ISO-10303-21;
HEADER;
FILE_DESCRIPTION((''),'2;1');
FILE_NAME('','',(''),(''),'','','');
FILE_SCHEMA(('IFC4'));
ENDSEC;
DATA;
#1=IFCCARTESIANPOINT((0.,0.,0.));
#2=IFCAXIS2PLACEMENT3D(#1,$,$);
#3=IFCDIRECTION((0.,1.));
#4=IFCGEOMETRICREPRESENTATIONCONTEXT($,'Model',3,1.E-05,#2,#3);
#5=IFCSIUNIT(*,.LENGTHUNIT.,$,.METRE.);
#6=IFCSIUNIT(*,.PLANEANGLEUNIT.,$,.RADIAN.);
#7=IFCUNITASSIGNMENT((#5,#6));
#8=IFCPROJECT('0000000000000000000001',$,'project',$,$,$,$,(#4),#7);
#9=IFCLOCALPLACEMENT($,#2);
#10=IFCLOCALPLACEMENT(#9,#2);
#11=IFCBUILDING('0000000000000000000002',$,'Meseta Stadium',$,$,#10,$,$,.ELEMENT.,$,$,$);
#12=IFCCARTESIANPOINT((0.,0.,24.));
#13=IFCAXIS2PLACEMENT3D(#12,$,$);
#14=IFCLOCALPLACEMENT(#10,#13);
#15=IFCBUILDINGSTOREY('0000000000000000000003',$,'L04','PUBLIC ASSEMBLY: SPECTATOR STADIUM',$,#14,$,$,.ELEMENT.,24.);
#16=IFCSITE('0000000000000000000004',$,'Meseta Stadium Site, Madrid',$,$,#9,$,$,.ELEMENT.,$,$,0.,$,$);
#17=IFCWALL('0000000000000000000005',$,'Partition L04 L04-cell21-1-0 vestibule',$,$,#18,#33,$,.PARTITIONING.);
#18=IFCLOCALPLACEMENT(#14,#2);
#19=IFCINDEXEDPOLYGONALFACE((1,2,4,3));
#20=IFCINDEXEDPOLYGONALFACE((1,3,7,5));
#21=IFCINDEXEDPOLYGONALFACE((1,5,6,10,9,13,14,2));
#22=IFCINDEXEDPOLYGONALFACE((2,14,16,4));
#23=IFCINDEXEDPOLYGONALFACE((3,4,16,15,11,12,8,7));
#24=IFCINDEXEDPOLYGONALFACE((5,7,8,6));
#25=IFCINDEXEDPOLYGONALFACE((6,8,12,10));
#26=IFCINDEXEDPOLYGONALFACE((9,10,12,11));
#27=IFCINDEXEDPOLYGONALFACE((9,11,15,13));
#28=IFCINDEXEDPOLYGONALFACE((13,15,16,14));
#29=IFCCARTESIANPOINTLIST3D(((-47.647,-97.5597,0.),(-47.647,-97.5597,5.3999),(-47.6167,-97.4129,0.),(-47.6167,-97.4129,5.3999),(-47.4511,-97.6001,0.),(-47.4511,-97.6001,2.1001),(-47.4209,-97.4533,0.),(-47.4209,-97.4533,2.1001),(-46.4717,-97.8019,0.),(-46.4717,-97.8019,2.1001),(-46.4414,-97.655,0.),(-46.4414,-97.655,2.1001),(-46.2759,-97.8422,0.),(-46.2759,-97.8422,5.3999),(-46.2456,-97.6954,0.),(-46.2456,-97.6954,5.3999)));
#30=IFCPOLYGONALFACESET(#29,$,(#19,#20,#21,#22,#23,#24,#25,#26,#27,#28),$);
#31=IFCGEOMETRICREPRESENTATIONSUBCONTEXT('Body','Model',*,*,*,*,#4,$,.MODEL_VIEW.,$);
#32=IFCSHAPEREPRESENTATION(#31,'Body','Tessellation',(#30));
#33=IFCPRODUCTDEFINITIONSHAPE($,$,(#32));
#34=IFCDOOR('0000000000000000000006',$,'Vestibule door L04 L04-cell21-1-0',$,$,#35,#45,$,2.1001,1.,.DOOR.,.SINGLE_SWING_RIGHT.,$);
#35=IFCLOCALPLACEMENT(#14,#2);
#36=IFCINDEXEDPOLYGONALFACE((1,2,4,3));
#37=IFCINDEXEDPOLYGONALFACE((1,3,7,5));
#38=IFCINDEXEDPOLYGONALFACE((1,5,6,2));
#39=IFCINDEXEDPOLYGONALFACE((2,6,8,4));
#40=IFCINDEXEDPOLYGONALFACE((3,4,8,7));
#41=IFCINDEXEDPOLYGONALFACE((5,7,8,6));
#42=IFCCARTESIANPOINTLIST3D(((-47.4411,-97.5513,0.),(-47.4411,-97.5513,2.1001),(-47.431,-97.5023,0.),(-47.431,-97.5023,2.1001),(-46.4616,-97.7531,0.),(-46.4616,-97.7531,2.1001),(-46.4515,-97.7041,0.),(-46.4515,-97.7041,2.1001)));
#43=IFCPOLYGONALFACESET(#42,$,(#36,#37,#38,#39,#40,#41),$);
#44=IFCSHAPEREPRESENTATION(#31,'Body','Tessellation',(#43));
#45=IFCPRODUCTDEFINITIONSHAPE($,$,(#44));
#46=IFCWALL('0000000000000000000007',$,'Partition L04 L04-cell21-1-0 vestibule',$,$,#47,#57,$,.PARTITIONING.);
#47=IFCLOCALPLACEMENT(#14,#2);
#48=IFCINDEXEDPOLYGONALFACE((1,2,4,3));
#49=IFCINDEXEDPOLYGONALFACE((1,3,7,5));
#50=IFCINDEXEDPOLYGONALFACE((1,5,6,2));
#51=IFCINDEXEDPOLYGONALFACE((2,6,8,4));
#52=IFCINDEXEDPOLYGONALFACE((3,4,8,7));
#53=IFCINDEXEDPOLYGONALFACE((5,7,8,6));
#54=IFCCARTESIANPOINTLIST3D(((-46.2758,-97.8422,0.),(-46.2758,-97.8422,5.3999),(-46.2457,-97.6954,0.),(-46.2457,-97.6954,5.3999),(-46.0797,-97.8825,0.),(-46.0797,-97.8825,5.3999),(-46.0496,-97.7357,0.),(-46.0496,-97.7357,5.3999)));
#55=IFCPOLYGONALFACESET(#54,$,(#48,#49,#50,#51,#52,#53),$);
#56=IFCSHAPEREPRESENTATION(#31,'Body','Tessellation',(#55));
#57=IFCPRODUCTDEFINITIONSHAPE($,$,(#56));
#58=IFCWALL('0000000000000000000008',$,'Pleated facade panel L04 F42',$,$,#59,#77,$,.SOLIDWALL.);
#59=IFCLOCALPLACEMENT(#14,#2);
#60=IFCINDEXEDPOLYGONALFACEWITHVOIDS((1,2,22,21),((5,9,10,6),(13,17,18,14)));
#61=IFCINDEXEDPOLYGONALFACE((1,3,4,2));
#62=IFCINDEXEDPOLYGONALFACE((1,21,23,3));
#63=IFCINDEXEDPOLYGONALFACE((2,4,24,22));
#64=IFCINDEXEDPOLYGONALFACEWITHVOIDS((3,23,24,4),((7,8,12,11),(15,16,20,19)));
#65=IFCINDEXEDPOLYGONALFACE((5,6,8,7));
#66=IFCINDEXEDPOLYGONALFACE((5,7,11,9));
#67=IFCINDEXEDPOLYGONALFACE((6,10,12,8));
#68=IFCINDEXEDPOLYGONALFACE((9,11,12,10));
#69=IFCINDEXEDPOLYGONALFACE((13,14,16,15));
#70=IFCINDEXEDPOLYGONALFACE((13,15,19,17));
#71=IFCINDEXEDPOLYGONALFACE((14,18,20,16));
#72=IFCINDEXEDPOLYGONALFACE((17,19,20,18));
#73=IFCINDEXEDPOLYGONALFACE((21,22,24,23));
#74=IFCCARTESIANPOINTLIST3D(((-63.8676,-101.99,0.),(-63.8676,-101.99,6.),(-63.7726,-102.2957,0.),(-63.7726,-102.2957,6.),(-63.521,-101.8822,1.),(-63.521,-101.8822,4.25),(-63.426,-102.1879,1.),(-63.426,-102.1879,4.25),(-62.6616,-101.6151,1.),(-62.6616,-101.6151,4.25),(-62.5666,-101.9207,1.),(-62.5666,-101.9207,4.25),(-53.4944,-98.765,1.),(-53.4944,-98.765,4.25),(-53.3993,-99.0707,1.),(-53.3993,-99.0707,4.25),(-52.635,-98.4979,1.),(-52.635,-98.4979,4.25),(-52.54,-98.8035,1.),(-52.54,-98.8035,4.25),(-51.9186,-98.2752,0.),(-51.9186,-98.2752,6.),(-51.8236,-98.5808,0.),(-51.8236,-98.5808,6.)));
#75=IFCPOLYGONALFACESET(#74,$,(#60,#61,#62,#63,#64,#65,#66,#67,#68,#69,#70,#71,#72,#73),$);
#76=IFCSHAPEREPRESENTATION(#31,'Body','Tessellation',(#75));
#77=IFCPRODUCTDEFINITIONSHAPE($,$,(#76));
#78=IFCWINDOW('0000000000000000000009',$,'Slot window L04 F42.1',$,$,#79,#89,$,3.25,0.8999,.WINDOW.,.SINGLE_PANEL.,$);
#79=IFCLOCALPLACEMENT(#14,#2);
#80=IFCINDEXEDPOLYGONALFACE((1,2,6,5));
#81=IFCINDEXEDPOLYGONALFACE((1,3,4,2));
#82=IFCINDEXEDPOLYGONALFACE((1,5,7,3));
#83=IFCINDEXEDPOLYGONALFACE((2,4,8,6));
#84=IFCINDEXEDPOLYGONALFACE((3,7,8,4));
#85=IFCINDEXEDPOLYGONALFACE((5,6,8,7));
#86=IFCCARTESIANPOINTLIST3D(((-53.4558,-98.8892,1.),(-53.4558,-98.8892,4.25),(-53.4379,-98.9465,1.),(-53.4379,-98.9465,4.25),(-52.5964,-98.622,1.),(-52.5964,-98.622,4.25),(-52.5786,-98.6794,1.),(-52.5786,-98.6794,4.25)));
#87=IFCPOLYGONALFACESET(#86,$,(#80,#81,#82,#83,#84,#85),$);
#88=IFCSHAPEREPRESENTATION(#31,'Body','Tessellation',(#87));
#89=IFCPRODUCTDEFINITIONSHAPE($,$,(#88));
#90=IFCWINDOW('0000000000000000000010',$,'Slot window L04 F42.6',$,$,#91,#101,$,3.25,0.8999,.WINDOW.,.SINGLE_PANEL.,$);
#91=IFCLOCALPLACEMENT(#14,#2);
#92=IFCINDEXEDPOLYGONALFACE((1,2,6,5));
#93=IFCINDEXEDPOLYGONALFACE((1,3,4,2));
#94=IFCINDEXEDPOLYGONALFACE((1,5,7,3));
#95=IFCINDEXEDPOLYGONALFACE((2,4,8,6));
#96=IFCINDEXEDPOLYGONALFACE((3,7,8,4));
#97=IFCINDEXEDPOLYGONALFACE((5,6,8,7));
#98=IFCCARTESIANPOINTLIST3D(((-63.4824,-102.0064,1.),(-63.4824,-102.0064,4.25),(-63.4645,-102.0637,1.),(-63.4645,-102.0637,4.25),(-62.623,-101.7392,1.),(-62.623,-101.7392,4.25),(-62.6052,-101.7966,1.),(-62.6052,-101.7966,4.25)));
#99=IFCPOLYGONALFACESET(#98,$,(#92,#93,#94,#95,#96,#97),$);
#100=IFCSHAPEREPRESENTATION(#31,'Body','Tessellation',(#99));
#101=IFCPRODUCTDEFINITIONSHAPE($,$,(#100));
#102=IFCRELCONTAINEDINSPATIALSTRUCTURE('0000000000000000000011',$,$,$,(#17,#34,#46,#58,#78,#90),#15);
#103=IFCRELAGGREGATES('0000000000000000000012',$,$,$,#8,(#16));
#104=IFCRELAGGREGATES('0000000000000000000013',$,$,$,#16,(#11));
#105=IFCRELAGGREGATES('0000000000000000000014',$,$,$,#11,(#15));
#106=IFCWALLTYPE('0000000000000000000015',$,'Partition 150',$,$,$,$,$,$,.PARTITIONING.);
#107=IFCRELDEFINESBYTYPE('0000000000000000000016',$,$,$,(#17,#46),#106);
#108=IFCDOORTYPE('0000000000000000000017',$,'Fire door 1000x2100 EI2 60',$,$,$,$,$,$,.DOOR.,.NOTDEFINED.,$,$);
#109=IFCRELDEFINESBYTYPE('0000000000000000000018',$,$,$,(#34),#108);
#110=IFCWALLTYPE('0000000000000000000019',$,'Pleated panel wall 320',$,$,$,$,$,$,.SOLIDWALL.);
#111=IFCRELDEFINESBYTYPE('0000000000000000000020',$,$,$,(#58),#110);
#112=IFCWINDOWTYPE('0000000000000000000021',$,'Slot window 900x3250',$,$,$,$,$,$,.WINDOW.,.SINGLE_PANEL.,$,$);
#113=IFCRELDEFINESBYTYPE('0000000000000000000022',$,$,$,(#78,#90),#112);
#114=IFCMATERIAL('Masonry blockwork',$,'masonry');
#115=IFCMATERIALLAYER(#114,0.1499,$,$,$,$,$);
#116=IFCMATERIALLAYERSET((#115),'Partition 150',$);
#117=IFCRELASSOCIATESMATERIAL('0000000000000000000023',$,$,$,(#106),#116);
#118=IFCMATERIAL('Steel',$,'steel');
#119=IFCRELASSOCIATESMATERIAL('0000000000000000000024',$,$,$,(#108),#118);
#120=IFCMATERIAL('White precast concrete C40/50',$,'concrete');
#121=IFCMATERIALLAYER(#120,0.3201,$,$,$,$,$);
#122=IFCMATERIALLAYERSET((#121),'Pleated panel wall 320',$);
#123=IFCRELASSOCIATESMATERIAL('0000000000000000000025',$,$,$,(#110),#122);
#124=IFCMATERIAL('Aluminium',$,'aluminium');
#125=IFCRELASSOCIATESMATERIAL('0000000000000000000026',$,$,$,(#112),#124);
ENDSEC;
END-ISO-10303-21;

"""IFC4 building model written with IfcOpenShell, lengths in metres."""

from ifc_helpers import new_model, si_unit, direction, frame, frame_2d, origin, place, context, subcontext, project, spatial, rectangle, extrude, material, layer, layer_set, type_object, element, fill, save


model = new_model("IFC4")

# Units and contexts
model_context = context("Model", 3, precision=1e-05, world=origin(), true_north=direction((0.0, 1.0)))
body_context = subcontext(model_context, "Body", "Model", "MODEL_VIEW")
ifc_project = project(units=[si_unit("LENGTHUNIT", "METRE"), si_unit("PLANEANGLEUNIT", "RADIAN")], contexts=[model_context])

# Site, building, storey
site_placement = place(None, origin())
site = spatial("IfcSite", under=ifc_project, at=site_placement, Name="Meseta Stadium Site, Madrid", CompositionType="ELEMENT", RefElevation=0.0)
building_placement = place(site_placement, origin())
building = spatial("IfcBuilding", under=site, at=building_placement, Name="Meseta Stadium", CompositionType="ELEMENT")
storey_placement = place(building_placement, frame((0.0, 0.0, 24.0)))
storey = spatial("IfcBuildingStorey", under=building, at=storey_placement, Name="L04", Description="PUBLIC ASSEMBLY: SPECTATOR STADIUM", CompositionType="ELEMENT", Elevation=24.0)

# Shared definitions
ifc_material_1 = material(Name="Masonry blockwork", Category="masonry")
ifc_layer_1 = layer(ifc_material_1, 0.1499)
ifc_layer_set_1 = layer_set([ifc_layer_1], Name="Partition 150")
wall_type_1 = type_object("IfcWallType", Name="Partition 150", PredefinedType="PARTITIONING", material=ifc_layer_set_1)

# Shared definitions
ifc_material_2 = material(Name="Steel", Category="steel")
door_type = type_object("IfcDoorType", Name="Fire door 1000x2100 EI2 60", OperationType="NOTDEFINED", PredefinedType="DOOR", material=ifc_material_2)

# Wall, opening, door
wall_1_placement = place(storey_placement, frame((-47.6318, -97.4863, 0.0), z_axis=(0.0, 0.0, 1.0), x_axis=(0.979431, -0.201781, 0.0)))
wall_1 = element("IfcWall", 1, at=wall_1_placement, inside=storey, type_object=wall_type_1, Name="Partition L04 L04-cell21-1-0 vestibule", PredefinedType="PARTITIONING", context=body_context, shape_type="SweptSolid", body=[
    extrude(rectangle(XDim=1.3999, YDim=0.1499, at=frame_2d((0.7, 0.0))), origin(), (0.0, 0.0, 1.0), 5.3999),
])
opening_1_placement = place(wall_1_placement, frame((0.2, 0.0, 0.0)))
opening_1 = element("IfcOpeningElement", 2, at=opening_1_placement, cuts=wall_1, PredefinedType="OPENING", context=body_context, shape_type="SweptSolid", body=[
    extrude(rectangle(XDim=1.0, YDim=2.1001, at=frame_2d((0.5, 1.05))), frame((0.0, 0.085, 0.0), z_axis=(0.0, -1.0, 0.0), x_axis=(1.0, 0.0, 0.0)), (0.0, 0.0, 1.0), 0.1699),
])
door_1_placement = place(opening_1_placement, origin())
door_1 = element("IfcDoor", 3, at=door_1_placement, inside=storey, type_object=door_type, Name="Vestibule door L04 L04-cell21-1-0", OperationType="SINGLE_SWING_RIGHT", OverallHeight=2.1001, OverallWidth=1.0, PredefinedType="DOOR", context=body_context, shape_type="SweptSolid", body=[
    extrude(rectangle(XDim=1.0, YDim=2.1001, at=frame_2d((0.5, 1.05))), frame((0.0, 0.0249, 0.0), z_axis=(0.0, -1.0, 0.0), x_axis=(1.0, 0.0, 0.0)), (0.0, 0.0, 1.0), 0.05),
])
fill(opening_1, door_1)

# Wall
wall_2_placement = place(storey_placement, frame((-46.2607, -97.7688, 0.0), z_axis=(0.0, 0.0, 1.0), x_axis=(0.979535, -0.201274, 0.0)))
element("IfcWall", 4, at=wall_2_placement, inside=storey, type_object=wall_type_1, Name="Partition L04 L04-cell21-1-0 vestibule", PredefinedType="PARTITIONING", context=body_context, shape_type="SweptSolid", body=[
    extrude(rectangle(XDim=0.2002, YDim=0.1499, at=frame_2d((0.1001, 0.0))), origin(), (0.0, 0.0, 1.0), 5.3999),
])

# Wall, openings, windows
ifc_material_3 = material(Name="White precast concrete C40/50", Category="concrete")
ifc_layer_2 = layer(ifc_material_3, 0.3201)
ifc_layer_set_2 = layer_set([ifc_layer_2], Name="Pleated panel wall 320")
wall_type_2 = type_object("IfcWallType", Name="Pleated panel wall 320", PredefinedType="SOLIDWALL", material=ifc_layer_set_2)
wall_3_placement = place(storey_placement, frame((-51.8711, -98.428, 0.0), z_axis=(0.0, 0.0, 1.0), x_axis=(-0.954916, -0.296876, 0.0)))
wall_3 = element("IfcWall", 5, at=wall_3_placement, inside=storey, type_object=wall_type_2, Name="Pleated facade panel L04 F42", PredefinedType="SOLIDWALL", context=body_context, shape_type="SweptSolid", body=[
    extrude(rectangle(XDim=12.5132, YDim=0.3201, at=frame_2d((6.2566, 0.0))), origin(), (0.0, 0.0, 1.0), 6.0),
])
opening_2_placement = place(wall_3_placement, frame((0.7502, 0.0, 1.0)))
opening_2 = element("IfcOpeningElement", 6, at=opening_2_placement, cuts=wall_3, PredefinedType="OPENING", context=body_context, shape_type="SweptSolid", body=[
    extrude(rectangle(XDim=0.8999, YDim=3.25, at=frame_2d((0.45, 1.625))), frame((0.0, 0.1699, 0.0), z_axis=(0.0, -1.0, 0.0), x_axis=(1.0, 0.0, 0.0)), (0.0, 0.0, 1.0), 0.3401),
])
opening_3_placement = place(wall_3_placement, frame((11.2502, 0.0, 1.0)))
opening_3 = element("IfcOpeningElement", 7, at=opening_3_placement, cuts=wall_3, PredefinedType="OPENING", context=body_context, shape_type="SweptSolid", body=[
    extrude(rectangle(XDim=0.8999, YDim=3.25, at=frame_2d((0.45, 1.625))), frame((0.0, 0.1699, 0.0), z_axis=(0.0, -1.0, 0.0), x_axis=(1.0, 0.0, 0.0)), (0.0, 0.0, 1.0), 0.3401),
])
ifc_material_4 = material(Name="Aluminium", Category="aluminium")
window_type = type_object("IfcWindowType", Name="Slot window 900x3250", PartitioningType="SINGLE_PANEL", PredefinedType="WINDOW", material=ifc_material_4)
window_1_placement = place(opening_2_placement, origin())
window_1 = element("IfcWindow", 8, at=window_1_placement, inside=storey, type_object=window_type, Name="Slot window L04 F42.1", OverallHeight=3.25, OverallWidth=0.8999, PartitioningType="SINGLE_PANEL", PredefinedType="WINDOW", context=body_context, shape_type="SweptSolid", body=[
    extrude(rectangle(XDim=0.8999, YDim=3.25, at=frame_2d((0.45, 1.625))), frame((0.0, 0.03, 0.0), z_axis=(0.0, -1.0, 0.0), x_axis=(1.0, 0.0, 0.0)), (0.0, 0.0, 1.0), 0.0601),
])
fill(opening_2, window_1)
window_2_placement = place(opening_3_placement, origin())
window_2 = element("IfcWindow", 9, at=window_2_placement, inside=storey, type_object=window_type, Name="Slot window L04 F42.6", OverallHeight=3.25, OverallWidth=0.8999, PartitioningType="SINGLE_PANEL", PredefinedType="WINDOW", context=body_context, shape_type="SweptSolid", body=[
    extrude(rectangle(XDim=0.8999, YDim=3.25, at=frame_2d((0.45, 1.625))), frame((0.0, 0.03, 0.0), z_axis=(0.0, -1.0, 0.0), x_axis=(1.0, 0.0, 0.0)), (0.0, 0.0, 1.0), 0.0601),
])
fill(opening_3, window_2)

save(model, "model.ifc")
